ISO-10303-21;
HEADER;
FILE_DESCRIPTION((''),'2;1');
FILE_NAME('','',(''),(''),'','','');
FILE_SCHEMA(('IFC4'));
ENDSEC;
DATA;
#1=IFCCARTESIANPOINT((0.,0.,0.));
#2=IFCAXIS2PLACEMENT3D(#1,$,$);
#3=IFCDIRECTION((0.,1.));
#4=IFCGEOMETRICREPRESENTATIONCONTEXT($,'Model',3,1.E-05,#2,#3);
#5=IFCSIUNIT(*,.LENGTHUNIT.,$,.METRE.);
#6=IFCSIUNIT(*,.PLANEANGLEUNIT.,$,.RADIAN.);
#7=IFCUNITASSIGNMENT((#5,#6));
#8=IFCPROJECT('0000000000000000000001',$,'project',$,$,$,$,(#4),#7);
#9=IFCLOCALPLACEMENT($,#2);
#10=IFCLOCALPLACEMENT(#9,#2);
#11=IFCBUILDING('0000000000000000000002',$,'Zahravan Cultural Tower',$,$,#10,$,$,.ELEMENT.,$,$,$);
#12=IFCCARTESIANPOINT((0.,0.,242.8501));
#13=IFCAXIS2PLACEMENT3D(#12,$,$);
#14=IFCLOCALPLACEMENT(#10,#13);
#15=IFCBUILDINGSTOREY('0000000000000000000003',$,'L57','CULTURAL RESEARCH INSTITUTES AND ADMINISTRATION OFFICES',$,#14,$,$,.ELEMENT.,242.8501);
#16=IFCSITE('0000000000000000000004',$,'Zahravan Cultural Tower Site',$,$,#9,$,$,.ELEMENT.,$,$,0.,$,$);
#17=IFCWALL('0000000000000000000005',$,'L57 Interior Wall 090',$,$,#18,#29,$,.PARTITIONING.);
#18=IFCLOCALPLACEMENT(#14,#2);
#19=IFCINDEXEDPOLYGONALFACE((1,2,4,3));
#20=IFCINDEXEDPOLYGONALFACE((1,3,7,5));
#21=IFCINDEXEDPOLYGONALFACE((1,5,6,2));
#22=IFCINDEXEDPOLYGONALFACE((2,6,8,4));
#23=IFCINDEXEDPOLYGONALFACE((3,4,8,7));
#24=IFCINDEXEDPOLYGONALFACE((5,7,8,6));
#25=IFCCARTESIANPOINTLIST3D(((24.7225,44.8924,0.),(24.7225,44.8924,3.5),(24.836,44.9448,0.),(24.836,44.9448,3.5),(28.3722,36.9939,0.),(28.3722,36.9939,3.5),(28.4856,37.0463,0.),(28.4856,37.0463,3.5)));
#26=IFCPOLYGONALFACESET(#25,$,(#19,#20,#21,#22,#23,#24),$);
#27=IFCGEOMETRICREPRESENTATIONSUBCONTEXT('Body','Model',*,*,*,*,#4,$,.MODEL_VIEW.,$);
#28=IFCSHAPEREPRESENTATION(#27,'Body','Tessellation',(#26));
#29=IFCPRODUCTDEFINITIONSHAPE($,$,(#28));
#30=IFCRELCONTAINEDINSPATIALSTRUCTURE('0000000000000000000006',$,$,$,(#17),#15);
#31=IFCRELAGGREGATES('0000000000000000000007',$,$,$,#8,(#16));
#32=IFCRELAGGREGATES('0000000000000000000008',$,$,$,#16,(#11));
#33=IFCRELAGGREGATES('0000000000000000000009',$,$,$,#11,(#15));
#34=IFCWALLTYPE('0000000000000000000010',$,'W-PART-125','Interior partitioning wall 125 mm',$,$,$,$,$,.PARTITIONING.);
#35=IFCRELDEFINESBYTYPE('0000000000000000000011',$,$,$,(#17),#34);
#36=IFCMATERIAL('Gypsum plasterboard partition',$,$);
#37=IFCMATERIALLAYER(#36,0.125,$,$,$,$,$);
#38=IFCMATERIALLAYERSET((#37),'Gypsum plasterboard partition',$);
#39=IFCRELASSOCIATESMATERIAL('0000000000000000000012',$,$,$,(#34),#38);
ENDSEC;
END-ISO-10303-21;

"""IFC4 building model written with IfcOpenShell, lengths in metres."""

from ifc_helpers import new_model, si_unit, direction, frame, frame_2d, origin, place, context, subcontext, project, spatial, rectangle, extrude, source, transform, mapped, material, layer, layer_set, type_object, element, save


model = new_model("IFC4")

# Units and contexts
model_context = context("Model", 3, precision=1e-05, world=origin(), true_north=direction((0.0, 1.0)))
body_context = subcontext(model_context, "Body", "Model", "MODEL_VIEW")
ifc_project = project(units=[si_unit("LENGTHUNIT", "METRE"), si_unit("PLANEANGLEUNIT", "RADIAN")], contexts=[model_context])

# Site, building, storey
site_placement = place(None, origin())
site = spatial("IfcSite", under=ifc_project, at=site_placement, Name="Zahravan Cultural Tower Site", CompositionType="ELEMENT", RefElevation=0.0)
building_placement = place(site_placement, origin())
building = spatial("IfcBuilding", under=site, at=building_placement, Name="Zahravan Cultural Tower", CompositionType="ELEMENT")
storey_placement = place(building_placement, frame((0.0, 0.0, 242.8501)))
storey = spatial("IfcBuildingStorey", under=building, at=storey_placement, Name="L57", Description="CULTURAL RESEARCH INSTITUTES AND ADMINISTRATION OFFICES", CompositionType="ELEMENT", Elevation=242.8501)

# Shared definitions
ifc_material_1 = material(Name="Gypsum plasterboard partition")
ifc_layer_1 = layer(ifc_material_1, 0.125)
ifc_layer_set_1 = layer_set([ifc_layer_1], Name="Gypsum plasterboard partition")
wall_type_1 = type_object("IfcWallType", Name="W-PART-125", Description="Interior partitioning wall 125 mm", PredefinedType="PARTITIONING", material=ifc_layer_set_1)

# Wall
shared_shape_1 = source(origin(), body_context, "Body", "SweptSolid", [
    extrude(rectangle(XDim=8.7009, YDim=0.125, at=frame_2d((4.3506, 0.0))), origin(), (0.0, 0.0, 1.0), 3.5),
])
wall_1_placement = place(storey_placement, frame((28.429, 37.02, 0.0), z_axis=(0.0, 0.0, 1.0), x_axis=(-0.419458, 0.907775, 0.0)))
element("IfcWall", 1, at=wall_1_placement, inside=storey, type_object=wall_type_1, Name="L57 Interior Wall 090", PredefinedType="PARTITIONING", context=body_context, shape_type="MappedRepresentation", body=[
    mapped(shared_shape_1, transform((0.0, 0.0, 0.0), x_axis=(1.0, 0.0, 0.0), y_axis=(0.0, 1.0, 0.0), z_axis=(0.0, 0.0, 1.0), scale=1.0)),
])

save(model, "model.ifc")
